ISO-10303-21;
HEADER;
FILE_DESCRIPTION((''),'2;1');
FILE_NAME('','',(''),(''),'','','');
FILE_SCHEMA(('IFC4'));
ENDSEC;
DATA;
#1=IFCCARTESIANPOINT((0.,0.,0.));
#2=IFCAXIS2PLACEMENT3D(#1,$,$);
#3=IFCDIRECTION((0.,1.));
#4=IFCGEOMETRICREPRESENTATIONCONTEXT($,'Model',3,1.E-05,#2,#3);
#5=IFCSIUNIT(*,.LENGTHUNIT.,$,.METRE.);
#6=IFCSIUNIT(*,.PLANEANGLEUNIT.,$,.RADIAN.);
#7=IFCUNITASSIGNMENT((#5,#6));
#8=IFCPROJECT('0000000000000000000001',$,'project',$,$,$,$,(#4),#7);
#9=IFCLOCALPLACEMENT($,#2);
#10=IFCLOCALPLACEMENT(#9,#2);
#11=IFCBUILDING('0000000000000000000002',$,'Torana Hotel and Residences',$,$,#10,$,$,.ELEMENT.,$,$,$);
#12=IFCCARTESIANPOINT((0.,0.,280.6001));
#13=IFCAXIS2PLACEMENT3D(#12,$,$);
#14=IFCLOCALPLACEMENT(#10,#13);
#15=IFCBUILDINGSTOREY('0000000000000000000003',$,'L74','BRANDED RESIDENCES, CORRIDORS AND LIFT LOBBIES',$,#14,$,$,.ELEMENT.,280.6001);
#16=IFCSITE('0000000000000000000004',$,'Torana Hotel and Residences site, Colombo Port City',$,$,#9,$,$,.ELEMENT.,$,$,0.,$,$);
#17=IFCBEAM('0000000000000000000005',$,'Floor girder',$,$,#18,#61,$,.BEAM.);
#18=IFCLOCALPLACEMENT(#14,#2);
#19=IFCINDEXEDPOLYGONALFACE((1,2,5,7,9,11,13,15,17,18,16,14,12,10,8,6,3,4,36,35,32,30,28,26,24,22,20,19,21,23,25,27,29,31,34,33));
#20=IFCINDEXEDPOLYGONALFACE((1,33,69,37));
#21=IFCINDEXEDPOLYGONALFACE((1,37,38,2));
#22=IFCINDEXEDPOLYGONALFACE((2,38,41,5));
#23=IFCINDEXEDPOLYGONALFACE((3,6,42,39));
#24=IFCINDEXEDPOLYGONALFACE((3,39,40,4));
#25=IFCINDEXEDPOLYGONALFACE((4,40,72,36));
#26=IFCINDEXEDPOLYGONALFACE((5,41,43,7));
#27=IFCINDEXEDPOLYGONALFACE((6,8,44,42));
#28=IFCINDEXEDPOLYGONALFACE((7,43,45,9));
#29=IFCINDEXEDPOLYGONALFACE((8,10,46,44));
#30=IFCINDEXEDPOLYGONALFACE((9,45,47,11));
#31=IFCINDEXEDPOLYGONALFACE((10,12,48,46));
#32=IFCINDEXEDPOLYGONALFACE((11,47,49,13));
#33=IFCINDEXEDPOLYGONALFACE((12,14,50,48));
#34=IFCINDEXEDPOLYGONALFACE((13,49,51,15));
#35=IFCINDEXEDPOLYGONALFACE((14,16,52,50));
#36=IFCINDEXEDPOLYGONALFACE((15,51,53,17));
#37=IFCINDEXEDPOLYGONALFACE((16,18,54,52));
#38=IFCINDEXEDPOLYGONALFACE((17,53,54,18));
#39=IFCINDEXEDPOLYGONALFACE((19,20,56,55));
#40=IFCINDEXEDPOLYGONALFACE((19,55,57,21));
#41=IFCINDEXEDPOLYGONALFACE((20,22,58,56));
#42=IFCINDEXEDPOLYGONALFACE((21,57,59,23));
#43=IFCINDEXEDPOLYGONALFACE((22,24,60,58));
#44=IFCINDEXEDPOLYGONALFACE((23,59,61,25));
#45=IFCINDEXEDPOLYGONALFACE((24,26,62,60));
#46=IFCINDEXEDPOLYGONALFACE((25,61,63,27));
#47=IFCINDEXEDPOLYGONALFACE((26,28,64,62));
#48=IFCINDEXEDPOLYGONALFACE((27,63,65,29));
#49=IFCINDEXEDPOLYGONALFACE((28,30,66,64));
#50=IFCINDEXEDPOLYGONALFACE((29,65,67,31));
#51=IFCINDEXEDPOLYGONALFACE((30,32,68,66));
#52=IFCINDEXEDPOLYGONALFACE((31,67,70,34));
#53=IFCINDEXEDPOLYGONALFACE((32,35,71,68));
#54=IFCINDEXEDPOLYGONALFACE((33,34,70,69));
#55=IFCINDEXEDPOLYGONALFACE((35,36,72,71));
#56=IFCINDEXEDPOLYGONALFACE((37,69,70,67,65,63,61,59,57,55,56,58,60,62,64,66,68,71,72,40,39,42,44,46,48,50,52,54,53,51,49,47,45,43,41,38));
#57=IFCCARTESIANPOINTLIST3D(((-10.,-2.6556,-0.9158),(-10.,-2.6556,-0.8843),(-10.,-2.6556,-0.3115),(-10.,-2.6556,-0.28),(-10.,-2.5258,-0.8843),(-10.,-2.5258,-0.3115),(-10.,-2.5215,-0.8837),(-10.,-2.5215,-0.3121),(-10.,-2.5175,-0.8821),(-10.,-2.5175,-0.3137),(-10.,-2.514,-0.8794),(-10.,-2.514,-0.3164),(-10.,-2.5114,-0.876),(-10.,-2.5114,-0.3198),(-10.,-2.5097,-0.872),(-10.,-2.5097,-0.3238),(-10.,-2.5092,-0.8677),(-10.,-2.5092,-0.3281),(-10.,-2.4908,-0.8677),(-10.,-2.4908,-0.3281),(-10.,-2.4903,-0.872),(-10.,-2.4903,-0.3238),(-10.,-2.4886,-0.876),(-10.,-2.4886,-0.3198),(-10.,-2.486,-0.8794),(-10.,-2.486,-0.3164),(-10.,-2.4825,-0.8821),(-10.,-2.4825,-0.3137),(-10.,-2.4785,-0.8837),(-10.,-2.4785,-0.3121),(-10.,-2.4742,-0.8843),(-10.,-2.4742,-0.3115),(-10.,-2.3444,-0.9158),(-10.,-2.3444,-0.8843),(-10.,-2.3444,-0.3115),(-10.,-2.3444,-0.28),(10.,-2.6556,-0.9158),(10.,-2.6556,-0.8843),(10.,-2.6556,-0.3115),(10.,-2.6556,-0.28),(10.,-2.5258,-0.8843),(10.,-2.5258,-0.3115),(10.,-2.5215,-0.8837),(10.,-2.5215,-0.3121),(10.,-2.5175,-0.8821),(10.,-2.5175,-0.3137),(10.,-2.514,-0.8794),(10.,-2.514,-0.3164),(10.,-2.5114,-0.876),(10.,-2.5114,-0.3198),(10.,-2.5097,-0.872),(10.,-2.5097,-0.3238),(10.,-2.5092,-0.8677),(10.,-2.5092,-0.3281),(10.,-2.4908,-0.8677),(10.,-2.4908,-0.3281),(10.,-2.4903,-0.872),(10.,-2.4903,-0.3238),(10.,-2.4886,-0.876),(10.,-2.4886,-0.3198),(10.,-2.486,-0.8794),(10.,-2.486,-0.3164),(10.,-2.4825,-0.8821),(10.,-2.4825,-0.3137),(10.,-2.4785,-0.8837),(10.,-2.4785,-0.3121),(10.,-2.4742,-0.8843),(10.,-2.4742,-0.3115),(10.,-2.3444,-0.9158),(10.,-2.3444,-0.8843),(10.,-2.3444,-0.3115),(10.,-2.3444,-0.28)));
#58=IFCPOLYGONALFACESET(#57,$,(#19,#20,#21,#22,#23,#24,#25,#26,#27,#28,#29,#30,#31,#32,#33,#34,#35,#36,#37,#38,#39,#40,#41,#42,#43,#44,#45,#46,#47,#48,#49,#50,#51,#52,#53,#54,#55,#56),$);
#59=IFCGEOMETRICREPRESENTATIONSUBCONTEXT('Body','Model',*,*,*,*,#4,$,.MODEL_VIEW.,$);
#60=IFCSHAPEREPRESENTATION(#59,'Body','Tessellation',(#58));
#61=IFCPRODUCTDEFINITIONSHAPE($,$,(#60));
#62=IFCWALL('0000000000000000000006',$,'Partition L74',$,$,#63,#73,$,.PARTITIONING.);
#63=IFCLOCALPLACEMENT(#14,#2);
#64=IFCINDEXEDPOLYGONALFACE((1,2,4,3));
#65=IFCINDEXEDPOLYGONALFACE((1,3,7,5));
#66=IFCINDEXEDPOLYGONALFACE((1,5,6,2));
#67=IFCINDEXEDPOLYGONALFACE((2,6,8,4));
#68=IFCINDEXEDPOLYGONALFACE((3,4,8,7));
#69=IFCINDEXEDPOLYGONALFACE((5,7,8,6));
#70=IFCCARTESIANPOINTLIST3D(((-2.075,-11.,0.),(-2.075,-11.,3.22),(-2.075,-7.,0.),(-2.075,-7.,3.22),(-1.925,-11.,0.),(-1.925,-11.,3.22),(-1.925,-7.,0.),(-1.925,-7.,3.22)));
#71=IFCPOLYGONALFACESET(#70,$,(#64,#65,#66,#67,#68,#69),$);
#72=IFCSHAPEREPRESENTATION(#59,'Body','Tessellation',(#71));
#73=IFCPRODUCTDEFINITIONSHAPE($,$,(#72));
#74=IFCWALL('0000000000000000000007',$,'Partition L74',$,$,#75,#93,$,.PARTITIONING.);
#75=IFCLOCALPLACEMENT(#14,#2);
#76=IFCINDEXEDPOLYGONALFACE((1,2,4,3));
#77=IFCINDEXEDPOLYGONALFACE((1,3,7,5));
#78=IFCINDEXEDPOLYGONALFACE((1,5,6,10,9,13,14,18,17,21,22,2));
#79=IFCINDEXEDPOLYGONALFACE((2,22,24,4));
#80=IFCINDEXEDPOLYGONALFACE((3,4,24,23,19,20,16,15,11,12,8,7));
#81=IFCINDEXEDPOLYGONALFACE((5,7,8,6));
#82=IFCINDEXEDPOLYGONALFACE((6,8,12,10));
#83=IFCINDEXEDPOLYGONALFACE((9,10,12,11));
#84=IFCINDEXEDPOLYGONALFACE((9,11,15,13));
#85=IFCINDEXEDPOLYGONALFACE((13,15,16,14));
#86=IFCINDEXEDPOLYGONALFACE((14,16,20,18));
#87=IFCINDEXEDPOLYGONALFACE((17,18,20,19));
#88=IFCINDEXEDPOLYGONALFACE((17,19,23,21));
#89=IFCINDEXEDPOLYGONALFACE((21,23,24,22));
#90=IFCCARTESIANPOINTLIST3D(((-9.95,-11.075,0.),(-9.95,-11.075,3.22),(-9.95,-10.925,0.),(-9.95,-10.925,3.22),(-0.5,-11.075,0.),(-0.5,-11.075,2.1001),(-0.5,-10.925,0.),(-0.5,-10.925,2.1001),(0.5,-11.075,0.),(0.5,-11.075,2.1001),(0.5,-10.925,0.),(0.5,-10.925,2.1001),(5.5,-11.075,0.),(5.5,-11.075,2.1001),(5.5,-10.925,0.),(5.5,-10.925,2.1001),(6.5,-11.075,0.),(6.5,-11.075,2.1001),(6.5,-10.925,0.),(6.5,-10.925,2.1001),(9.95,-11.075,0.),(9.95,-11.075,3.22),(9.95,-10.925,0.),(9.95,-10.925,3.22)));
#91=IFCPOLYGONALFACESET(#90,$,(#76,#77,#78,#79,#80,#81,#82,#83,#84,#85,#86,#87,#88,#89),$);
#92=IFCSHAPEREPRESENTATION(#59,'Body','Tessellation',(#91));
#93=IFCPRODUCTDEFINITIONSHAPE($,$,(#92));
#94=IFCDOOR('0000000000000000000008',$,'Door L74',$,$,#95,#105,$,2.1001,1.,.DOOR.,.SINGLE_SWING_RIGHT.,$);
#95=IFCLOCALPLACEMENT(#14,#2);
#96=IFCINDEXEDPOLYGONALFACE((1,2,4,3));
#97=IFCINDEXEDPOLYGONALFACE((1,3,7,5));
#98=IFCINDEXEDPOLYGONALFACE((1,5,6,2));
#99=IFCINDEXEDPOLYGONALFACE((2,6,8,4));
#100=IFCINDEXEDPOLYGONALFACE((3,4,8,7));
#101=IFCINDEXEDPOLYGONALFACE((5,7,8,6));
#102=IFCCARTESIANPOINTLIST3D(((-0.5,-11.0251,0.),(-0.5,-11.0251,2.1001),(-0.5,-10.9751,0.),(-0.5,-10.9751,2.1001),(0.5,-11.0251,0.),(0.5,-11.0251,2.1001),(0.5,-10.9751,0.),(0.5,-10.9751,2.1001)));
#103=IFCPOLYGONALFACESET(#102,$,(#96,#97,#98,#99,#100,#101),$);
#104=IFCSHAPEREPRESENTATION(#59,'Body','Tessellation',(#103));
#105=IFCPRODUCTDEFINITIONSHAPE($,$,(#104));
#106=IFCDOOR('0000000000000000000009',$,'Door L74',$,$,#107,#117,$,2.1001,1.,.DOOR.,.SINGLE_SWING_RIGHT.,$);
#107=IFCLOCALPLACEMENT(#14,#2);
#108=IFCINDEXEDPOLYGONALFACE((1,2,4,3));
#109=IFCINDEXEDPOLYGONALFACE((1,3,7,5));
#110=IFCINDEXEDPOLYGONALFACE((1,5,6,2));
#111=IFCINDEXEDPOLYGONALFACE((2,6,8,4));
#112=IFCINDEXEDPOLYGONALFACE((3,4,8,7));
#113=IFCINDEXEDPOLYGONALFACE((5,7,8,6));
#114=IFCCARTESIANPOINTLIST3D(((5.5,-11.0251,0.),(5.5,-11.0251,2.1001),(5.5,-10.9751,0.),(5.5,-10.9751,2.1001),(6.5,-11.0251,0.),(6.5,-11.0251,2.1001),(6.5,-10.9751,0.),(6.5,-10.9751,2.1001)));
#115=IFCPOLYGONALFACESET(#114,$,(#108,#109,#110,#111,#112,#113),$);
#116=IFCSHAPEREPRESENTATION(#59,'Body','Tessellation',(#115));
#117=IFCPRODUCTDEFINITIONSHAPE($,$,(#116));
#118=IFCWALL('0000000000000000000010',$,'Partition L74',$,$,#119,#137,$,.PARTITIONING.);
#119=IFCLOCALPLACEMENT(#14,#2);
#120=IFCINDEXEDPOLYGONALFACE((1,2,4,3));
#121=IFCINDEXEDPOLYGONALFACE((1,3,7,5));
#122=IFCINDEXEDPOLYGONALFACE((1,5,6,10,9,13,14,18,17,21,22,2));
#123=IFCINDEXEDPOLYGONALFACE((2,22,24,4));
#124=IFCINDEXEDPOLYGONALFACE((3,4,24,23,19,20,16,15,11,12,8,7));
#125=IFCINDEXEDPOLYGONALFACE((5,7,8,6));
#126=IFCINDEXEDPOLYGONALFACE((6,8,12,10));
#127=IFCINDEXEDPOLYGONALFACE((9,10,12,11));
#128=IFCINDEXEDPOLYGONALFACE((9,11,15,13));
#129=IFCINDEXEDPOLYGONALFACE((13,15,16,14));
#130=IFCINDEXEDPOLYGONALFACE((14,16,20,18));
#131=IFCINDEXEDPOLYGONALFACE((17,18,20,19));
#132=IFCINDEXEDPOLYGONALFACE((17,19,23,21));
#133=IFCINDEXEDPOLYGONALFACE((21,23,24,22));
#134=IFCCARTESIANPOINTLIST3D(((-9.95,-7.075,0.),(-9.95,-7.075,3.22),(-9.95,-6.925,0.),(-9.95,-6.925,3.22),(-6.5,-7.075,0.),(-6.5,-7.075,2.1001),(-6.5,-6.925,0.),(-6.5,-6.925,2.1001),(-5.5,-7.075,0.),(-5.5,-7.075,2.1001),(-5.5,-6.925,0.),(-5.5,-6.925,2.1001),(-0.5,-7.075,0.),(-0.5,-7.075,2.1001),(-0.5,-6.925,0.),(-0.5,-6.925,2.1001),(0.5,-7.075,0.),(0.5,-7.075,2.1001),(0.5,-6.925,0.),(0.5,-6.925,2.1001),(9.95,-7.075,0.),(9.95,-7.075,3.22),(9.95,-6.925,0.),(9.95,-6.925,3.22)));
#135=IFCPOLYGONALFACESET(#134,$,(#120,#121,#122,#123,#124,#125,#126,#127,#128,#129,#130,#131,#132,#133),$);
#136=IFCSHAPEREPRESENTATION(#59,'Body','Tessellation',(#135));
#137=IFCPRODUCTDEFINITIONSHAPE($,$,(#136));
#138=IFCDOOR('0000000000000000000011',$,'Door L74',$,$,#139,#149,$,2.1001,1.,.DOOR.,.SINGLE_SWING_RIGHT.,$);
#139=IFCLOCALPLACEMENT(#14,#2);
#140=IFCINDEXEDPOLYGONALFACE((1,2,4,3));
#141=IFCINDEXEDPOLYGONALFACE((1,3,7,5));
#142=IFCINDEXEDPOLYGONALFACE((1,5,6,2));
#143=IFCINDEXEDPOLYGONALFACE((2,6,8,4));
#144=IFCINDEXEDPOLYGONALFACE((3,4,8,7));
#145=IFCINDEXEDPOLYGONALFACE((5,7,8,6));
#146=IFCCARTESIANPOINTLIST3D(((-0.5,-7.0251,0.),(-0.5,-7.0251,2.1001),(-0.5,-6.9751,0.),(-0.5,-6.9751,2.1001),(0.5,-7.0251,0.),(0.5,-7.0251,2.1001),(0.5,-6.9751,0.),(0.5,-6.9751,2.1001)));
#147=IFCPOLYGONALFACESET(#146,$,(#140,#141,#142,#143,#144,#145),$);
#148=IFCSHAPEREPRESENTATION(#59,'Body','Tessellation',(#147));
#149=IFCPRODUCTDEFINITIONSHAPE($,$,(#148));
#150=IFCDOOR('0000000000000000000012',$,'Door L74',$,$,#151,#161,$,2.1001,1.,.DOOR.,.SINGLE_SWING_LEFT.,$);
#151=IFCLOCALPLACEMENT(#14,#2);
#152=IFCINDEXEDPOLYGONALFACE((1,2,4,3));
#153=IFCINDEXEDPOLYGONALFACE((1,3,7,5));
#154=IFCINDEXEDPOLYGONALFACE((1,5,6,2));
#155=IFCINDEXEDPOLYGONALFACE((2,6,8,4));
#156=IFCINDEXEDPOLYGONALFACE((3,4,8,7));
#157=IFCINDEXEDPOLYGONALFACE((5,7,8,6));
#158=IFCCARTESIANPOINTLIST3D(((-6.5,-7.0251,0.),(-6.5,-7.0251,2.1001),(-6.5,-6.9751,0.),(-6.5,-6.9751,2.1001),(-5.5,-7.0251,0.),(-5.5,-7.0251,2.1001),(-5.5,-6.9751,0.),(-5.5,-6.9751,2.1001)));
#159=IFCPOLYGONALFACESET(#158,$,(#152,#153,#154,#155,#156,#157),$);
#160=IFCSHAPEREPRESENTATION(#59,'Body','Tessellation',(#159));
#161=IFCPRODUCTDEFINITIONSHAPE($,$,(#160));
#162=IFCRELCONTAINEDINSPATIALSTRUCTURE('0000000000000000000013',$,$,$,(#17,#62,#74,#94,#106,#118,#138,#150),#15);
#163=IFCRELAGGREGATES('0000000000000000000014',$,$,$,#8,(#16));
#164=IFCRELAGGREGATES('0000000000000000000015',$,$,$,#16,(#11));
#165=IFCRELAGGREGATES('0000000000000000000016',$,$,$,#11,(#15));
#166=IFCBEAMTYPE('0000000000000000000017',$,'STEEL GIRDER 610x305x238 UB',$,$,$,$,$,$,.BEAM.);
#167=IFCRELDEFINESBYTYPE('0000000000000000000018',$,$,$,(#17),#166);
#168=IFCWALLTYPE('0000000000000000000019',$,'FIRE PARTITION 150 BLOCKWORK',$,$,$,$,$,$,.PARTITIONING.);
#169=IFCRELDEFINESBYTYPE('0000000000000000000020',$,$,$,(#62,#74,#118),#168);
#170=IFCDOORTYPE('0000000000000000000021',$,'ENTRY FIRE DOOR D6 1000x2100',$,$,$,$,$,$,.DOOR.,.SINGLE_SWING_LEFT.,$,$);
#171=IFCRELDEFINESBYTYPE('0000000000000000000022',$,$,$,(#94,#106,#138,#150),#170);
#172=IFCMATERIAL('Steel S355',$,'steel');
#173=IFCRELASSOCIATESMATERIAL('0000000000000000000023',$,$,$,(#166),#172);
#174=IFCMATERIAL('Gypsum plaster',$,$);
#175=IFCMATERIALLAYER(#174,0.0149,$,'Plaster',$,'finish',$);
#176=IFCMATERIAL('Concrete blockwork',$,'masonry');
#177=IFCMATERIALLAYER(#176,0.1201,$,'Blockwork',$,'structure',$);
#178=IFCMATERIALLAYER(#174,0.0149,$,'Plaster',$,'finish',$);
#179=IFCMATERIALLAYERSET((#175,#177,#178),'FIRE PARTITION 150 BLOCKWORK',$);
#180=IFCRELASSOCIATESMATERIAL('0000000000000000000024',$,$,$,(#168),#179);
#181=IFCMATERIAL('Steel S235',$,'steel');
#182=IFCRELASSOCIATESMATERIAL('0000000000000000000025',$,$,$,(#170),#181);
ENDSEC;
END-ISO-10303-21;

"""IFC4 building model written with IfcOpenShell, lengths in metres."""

from ifc_helpers import new_model, si_unit, direction, frame, frame_2d, origin, origin_2d, place, context, subcontext, project, spatial, rectangle, i_section, extrude, material, layer, layer_set, material_profile, profile_set, type_object, element, fill, save


model = new_model("IFC4")

# Units and contexts
model_context = context("Model", 3, precision=1e-05, world=origin(), true_north=direction((0.0, 1.0)))
body_context = subcontext(model_context, "Body", "Model", "MODEL_VIEW")
ifc_project = project(units=[si_unit("LENGTHUNIT", "METRE"), si_unit("PLANEANGLEUNIT", "RADIAN")], contexts=[model_context])

# Site, building, storey
site_placement = place(None, origin())
site = spatial("IfcSite", under=ifc_project, at=site_placement, Name="Torana Hotel and Residences site, Colombo Port City", CompositionType="ELEMENT", RefElevation=0.0)
building_placement = place(site_placement, origin())
building = spatial("IfcBuilding", under=site, at=building_placement, Name="Torana Hotel and Residences", CompositionType="ELEMENT")
storey_placement = place(building_placement, frame((0.0, 0.0, 280.6001)))
storey = spatial("IfcBuildingStorey", under=building, at=storey_placement, Name="L74", Description="BRANDED RESIDENCES, CORRIDORS AND LIFT LOBBIES", CompositionType="ELEMENT", Elevation=280.6001)

# Beam
ifc_material_1 = material(Name="Steel S355", Category="steel")
ifc_material_profile = material_profile(ifc_material_1, i_section(OverallWidth=0.3113, OverallDepth=0.6357, WebThickness=0.0183, FlangeThickness=0.0315, FilletRadius=0.0166, at=origin_2d()), Name="610x305x238 UB")
ifc_profile_set = profile_set([ifc_material_profile], Name="Steel S355")
beam_type = type_object("IfcBeamType", Name="STEEL GIRDER 610x305x238 UB", PredefinedType="BEAM", material=ifc_profile_set)
for number, where, z_axis, x_axis, name in (
    (1, (-10.0, -2.5, -0.5979), (1.0, 0.0, 0.0), (0.0, 1.0, 0.0), "Floor girder"),
):
    element("IfcBeam", number, at=place(storey_placement, frame(where, z_axis=z_axis, x_axis=x_axis)), inside=storey, type_object=beam_type, Name=name, PredefinedType="BEAM", context=body_context, shape_type="SweptSolid", body=[
        extrude(i_section(OverallWidth=0.3113, OverallDepth=0.6357, WebThickness=0.0183, FlangeThickness=0.0315, FilletRadius=0.0166, at=origin_2d()), origin(), (0.0, 0.0, 1.0), 20.0),
    ])

# Wall
ifc_material_2 = material(Name="Gypsum plaster")
ifc_layer_1 = layer(ifc_material_2, 0.0149, Name="Plaster", Category="finish")
ifc_material_3 = material(Name="Concrete blockwork", Category="masonry")
ifc_layer_2 = layer(ifc_material_3, 0.1201, Name="Blockwork", Category="structure")
ifc_layer_3 = layer(ifc_material_2, 0.0149, Name="Plaster", Category="finish")
ifc_layer_set_1 = layer_set([ifc_layer_1, ifc_layer_2, ifc_layer_3], Name="FIRE PARTITION 150 BLOCKWORK")
wall_type_1 = type_object("IfcWallType", Name="FIRE PARTITION 150 BLOCKWORK", PredefinedType="PARTITIONING", material=ifc_layer_set_1)
wall_1_placement = place(storey_placement, frame((-2.0, -11.0, 0.0), z_axis=(0.0, 0.0, 1.0), x_axis=(0.0, 1.0, 0.0)))
element("IfcWall", 2, at=wall_1_placement, inside=storey, type_object=wall_type_1, Name="Partition L74", PredefinedType="PARTITIONING", context=body_context, shape_type="SweptSolid", body=[
    extrude(rectangle(XDim=4.0, YDim=0.1499, at=frame_2d((2.0, 0.0))), origin(), (0.0, 0.0, 1.0), 3.22),
])

# Walls, openings, doors
wall_2_placement = place(storey_placement, frame((-9.95, -11.0, 0.0), z_axis=(0.0, 0.0, 1.0), x_axis=(1.0, 0.0, 0.0)))
wall_2 = element("IfcWall", 3, at=wall_2_placement, inside=storey, type_object=wall_type_1, Name="Partition L74", PredefinedType="PARTITIONING", context=body_context, shape_type="SweptSolid", body=[
    extrude(rectangle(XDim=19.8999, YDim=0.1499, at=frame_2d((9.95, 0.0))), origin(), (0.0, 0.0, 1.0), 3.22),
])
opening_1_placement = place(wall_2_placement, frame((9.45, 0.0, 0.0)))
opening_1 = element("IfcOpeningElement", 4, at=opening_1_placement, cuts=wall_2, PredefinedType="OPENING", context=body_context, shape_type="SweptSolid", body=[
    extrude(rectangle(XDim=1.0, YDim=2.1001, at=frame_2d((0.5, 1.05))), frame((0.0, 0.085, 0.0), z_axis=(0.0, -1.0, 0.0), x_axis=(1.0, 0.0, 0.0)), (0.0, 0.0, 1.0), 0.1699),
])
opening_2_placement = place(wall_2_placement, frame((15.45, 0.0, 0.0)))
opening_2 = element("IfcOpeningElement", 5, at=opening_2_placement, cuts=wall_2, PredefinedType="OPENING", context=body_context, shape_type="SweptSolid", body=[
    extrude(rectangle(XDim=1.0, YDim=2.1001, at=frame_2d((0.5, 1.05))), frame((0.0, 0.085, 0.0), z_axis=(0.0, -1.0, 0.0), x_axis=(1.0, 0.0, 0.0)), (0.0, 0.0, 1.0), 0.1699),
])
ifc_material_4 = material(Name="Steel S235", Category="steel")
door_type_1 = type_object("IfcDoorType", Name="ENTRY FIRE DOOR D6 1000x2100", OperationType="SINGLE_SWING_LEFT", PredefinedType="DOOR", material=ifc_material_4)
door_1_placement = place(opening_1_placement, origin())
door_1 = element("IfcDoor", 6, at=door_1_placement, inside=storey, type_object=door_type_1, Name="Door L74", OperationType="SINGLE_SWING_RIGHT", OverallHeight=2.1001, OverallWidth=1.0, PredefinedType="DOOR", context=body_context, shape_type="SweptSolid", body=[
    extrude(rectangle(XDim=1.0, YDim=2.1001, at=frame_2d((0.5, 1.05))), frame((0.0, 0.0249, 0.0), z_axis=(0.0, -1.0, 0.0), x_axis=(1.0, 0.0, 0.0)), (0.0, 0.0, 1.0), 0.05),
])
fill(opening_1, door_1)
door_2_placement = place(opening_2_placement, origin())
door_2 = element("IfcDoor", 7, at=door_2_placement, inside=storey, type_object=door_type_1, Name="Door L74", OperationType="SINGLE_SWING_RIGHT", OverallHeight=2.1001, OverallWidth=1.0, PredefinedType="DOOR", context=body_context, shape_type="SweptSolid", body=[
    extrude(rectangle(XDim=1.0, YDim=2.1001, at=frame_2d((0.5, 1.05))), frame((0.0, 0.0249, 0.0), z_axis=(0.0, -1.0, 0.0), x_axis=(1.0, 0.0, 0.0)), (0.0, 0.0, 1.0), 0.05),
])
fill(opening_2, door_2)
wall_3_placement = place(storey_placement, frame((-9.95, -7.0, 0.0), z_axis=(0.0, 0.0, 1.0), x_axis=(1.0, 0.0, 0.0)))
wall_3 = element("IfcWall", 8, at=wall_3_placement, inside=storey, type_object=wall_type_1, Name="Partition L74", PredefinedType="PARTITIONING", context=body_context, shape_type="SweptSolid", body=[
    extrude(rectangle(XDim=19.8999, YDim=0.1499, at=frame_2d((9.95, 0.0))), origin(), (0.0, 0.0, 1.0), 3.22),
])
opening_3_placement = place(wall_3_placement, frame((9.45, 0.0, 0.0)))
opening_3 = element("IfcOpeningElement", 9, at=opening_3_placement, cuts=wall_3, PredefinedType="OPENING", context=body_context, shape_type="SweptSolid", body=[
    extrude(rectangle(XDim=1.0, YDim=2.1001, at=frame_2d((0.5, 1.05))), frame((0.0, 0.085, 0.0), z_axis=(0.0, -1.0, 0.0), x_axis=(1.0, 0.0, 0.0)), (0.0, 0.0, 1.0), 0.1699),
])
opening_4_placement = place(wall_3_placement, frame((3.45, 0.0, 0.0)))
opening_4 = element("IfcOpeningElement", 10, at=opening_4_placement, cuts=wall_3, PredefinedType="OPENING", context=body_context, shape_type="SweptSolid", body=[
    extrude(rectangle(XDim=1.0, YDim=2.1001, at=frame_2d((0.5, 1.05))), frame((0.0, 0.085, 0.0), z_axis=(0.0, -1.0, 0.0), x_axis=(1.0, 0.0, 0.0)), (0.0, 0.0, 1.0), 0.1699),
])
door_3_placement = place(opening_3_placement, origin())
door_3 = element("IfcDoor", 11, at=door_3_placement, inside=storey, type_object=door_type_1, Name="Door L74", OperationType="SINGLE_SWING_RIGHT", OverallHeight=2.1001, OverallWidth=1.0, PredefinedType="DOOR", context=body_context, shape_type="SweptSolid", body=[
    extrude(rectangle(XDim=1.0, YDim=2.1001, at=frame_2d((0.5, 1.05))), frame((0.0, 0.0249, 0.0), z_axis=(0.0, -1.0, 0.0), x_axis=(1.0, 0.0, 0.0)), (0.0, 0.0, 1.0), 0.05),
])
fill(opening_3, door_3)
door_4_placement = place(opening_4_placement, frame((0.5, 0.0, 0.0), z_axis=(0.0, 0.0, 1.0), x_axis=(-1.0, 0.0, 0.0)))
door_4 = element("IfcDoor", 12, at=door_4_placement, inside=storey, type_object=door_type_1, Name="Door L74", OperationType="SINGLE_SWING_LEFT", OverallHeight=2.1001, OverallWidth=1.0, PredefinedType="DOOR", context=body_context, shape_type="SweptSolid", body=[
    extrude(rectangle(XDim=1.0, YDim=2.1001, at=frame_2d((0.0, 1.05))), frame((0.0, -0.0249, 0.0), z_axis=(0.0, 1.0, 0.0), x_axis=(-1.0, 0.0, 0.0)), (0.0, 0.0, 1.0), 0.05),
])
fill(opening_4, door_4)

save(model, "model.ifc")
